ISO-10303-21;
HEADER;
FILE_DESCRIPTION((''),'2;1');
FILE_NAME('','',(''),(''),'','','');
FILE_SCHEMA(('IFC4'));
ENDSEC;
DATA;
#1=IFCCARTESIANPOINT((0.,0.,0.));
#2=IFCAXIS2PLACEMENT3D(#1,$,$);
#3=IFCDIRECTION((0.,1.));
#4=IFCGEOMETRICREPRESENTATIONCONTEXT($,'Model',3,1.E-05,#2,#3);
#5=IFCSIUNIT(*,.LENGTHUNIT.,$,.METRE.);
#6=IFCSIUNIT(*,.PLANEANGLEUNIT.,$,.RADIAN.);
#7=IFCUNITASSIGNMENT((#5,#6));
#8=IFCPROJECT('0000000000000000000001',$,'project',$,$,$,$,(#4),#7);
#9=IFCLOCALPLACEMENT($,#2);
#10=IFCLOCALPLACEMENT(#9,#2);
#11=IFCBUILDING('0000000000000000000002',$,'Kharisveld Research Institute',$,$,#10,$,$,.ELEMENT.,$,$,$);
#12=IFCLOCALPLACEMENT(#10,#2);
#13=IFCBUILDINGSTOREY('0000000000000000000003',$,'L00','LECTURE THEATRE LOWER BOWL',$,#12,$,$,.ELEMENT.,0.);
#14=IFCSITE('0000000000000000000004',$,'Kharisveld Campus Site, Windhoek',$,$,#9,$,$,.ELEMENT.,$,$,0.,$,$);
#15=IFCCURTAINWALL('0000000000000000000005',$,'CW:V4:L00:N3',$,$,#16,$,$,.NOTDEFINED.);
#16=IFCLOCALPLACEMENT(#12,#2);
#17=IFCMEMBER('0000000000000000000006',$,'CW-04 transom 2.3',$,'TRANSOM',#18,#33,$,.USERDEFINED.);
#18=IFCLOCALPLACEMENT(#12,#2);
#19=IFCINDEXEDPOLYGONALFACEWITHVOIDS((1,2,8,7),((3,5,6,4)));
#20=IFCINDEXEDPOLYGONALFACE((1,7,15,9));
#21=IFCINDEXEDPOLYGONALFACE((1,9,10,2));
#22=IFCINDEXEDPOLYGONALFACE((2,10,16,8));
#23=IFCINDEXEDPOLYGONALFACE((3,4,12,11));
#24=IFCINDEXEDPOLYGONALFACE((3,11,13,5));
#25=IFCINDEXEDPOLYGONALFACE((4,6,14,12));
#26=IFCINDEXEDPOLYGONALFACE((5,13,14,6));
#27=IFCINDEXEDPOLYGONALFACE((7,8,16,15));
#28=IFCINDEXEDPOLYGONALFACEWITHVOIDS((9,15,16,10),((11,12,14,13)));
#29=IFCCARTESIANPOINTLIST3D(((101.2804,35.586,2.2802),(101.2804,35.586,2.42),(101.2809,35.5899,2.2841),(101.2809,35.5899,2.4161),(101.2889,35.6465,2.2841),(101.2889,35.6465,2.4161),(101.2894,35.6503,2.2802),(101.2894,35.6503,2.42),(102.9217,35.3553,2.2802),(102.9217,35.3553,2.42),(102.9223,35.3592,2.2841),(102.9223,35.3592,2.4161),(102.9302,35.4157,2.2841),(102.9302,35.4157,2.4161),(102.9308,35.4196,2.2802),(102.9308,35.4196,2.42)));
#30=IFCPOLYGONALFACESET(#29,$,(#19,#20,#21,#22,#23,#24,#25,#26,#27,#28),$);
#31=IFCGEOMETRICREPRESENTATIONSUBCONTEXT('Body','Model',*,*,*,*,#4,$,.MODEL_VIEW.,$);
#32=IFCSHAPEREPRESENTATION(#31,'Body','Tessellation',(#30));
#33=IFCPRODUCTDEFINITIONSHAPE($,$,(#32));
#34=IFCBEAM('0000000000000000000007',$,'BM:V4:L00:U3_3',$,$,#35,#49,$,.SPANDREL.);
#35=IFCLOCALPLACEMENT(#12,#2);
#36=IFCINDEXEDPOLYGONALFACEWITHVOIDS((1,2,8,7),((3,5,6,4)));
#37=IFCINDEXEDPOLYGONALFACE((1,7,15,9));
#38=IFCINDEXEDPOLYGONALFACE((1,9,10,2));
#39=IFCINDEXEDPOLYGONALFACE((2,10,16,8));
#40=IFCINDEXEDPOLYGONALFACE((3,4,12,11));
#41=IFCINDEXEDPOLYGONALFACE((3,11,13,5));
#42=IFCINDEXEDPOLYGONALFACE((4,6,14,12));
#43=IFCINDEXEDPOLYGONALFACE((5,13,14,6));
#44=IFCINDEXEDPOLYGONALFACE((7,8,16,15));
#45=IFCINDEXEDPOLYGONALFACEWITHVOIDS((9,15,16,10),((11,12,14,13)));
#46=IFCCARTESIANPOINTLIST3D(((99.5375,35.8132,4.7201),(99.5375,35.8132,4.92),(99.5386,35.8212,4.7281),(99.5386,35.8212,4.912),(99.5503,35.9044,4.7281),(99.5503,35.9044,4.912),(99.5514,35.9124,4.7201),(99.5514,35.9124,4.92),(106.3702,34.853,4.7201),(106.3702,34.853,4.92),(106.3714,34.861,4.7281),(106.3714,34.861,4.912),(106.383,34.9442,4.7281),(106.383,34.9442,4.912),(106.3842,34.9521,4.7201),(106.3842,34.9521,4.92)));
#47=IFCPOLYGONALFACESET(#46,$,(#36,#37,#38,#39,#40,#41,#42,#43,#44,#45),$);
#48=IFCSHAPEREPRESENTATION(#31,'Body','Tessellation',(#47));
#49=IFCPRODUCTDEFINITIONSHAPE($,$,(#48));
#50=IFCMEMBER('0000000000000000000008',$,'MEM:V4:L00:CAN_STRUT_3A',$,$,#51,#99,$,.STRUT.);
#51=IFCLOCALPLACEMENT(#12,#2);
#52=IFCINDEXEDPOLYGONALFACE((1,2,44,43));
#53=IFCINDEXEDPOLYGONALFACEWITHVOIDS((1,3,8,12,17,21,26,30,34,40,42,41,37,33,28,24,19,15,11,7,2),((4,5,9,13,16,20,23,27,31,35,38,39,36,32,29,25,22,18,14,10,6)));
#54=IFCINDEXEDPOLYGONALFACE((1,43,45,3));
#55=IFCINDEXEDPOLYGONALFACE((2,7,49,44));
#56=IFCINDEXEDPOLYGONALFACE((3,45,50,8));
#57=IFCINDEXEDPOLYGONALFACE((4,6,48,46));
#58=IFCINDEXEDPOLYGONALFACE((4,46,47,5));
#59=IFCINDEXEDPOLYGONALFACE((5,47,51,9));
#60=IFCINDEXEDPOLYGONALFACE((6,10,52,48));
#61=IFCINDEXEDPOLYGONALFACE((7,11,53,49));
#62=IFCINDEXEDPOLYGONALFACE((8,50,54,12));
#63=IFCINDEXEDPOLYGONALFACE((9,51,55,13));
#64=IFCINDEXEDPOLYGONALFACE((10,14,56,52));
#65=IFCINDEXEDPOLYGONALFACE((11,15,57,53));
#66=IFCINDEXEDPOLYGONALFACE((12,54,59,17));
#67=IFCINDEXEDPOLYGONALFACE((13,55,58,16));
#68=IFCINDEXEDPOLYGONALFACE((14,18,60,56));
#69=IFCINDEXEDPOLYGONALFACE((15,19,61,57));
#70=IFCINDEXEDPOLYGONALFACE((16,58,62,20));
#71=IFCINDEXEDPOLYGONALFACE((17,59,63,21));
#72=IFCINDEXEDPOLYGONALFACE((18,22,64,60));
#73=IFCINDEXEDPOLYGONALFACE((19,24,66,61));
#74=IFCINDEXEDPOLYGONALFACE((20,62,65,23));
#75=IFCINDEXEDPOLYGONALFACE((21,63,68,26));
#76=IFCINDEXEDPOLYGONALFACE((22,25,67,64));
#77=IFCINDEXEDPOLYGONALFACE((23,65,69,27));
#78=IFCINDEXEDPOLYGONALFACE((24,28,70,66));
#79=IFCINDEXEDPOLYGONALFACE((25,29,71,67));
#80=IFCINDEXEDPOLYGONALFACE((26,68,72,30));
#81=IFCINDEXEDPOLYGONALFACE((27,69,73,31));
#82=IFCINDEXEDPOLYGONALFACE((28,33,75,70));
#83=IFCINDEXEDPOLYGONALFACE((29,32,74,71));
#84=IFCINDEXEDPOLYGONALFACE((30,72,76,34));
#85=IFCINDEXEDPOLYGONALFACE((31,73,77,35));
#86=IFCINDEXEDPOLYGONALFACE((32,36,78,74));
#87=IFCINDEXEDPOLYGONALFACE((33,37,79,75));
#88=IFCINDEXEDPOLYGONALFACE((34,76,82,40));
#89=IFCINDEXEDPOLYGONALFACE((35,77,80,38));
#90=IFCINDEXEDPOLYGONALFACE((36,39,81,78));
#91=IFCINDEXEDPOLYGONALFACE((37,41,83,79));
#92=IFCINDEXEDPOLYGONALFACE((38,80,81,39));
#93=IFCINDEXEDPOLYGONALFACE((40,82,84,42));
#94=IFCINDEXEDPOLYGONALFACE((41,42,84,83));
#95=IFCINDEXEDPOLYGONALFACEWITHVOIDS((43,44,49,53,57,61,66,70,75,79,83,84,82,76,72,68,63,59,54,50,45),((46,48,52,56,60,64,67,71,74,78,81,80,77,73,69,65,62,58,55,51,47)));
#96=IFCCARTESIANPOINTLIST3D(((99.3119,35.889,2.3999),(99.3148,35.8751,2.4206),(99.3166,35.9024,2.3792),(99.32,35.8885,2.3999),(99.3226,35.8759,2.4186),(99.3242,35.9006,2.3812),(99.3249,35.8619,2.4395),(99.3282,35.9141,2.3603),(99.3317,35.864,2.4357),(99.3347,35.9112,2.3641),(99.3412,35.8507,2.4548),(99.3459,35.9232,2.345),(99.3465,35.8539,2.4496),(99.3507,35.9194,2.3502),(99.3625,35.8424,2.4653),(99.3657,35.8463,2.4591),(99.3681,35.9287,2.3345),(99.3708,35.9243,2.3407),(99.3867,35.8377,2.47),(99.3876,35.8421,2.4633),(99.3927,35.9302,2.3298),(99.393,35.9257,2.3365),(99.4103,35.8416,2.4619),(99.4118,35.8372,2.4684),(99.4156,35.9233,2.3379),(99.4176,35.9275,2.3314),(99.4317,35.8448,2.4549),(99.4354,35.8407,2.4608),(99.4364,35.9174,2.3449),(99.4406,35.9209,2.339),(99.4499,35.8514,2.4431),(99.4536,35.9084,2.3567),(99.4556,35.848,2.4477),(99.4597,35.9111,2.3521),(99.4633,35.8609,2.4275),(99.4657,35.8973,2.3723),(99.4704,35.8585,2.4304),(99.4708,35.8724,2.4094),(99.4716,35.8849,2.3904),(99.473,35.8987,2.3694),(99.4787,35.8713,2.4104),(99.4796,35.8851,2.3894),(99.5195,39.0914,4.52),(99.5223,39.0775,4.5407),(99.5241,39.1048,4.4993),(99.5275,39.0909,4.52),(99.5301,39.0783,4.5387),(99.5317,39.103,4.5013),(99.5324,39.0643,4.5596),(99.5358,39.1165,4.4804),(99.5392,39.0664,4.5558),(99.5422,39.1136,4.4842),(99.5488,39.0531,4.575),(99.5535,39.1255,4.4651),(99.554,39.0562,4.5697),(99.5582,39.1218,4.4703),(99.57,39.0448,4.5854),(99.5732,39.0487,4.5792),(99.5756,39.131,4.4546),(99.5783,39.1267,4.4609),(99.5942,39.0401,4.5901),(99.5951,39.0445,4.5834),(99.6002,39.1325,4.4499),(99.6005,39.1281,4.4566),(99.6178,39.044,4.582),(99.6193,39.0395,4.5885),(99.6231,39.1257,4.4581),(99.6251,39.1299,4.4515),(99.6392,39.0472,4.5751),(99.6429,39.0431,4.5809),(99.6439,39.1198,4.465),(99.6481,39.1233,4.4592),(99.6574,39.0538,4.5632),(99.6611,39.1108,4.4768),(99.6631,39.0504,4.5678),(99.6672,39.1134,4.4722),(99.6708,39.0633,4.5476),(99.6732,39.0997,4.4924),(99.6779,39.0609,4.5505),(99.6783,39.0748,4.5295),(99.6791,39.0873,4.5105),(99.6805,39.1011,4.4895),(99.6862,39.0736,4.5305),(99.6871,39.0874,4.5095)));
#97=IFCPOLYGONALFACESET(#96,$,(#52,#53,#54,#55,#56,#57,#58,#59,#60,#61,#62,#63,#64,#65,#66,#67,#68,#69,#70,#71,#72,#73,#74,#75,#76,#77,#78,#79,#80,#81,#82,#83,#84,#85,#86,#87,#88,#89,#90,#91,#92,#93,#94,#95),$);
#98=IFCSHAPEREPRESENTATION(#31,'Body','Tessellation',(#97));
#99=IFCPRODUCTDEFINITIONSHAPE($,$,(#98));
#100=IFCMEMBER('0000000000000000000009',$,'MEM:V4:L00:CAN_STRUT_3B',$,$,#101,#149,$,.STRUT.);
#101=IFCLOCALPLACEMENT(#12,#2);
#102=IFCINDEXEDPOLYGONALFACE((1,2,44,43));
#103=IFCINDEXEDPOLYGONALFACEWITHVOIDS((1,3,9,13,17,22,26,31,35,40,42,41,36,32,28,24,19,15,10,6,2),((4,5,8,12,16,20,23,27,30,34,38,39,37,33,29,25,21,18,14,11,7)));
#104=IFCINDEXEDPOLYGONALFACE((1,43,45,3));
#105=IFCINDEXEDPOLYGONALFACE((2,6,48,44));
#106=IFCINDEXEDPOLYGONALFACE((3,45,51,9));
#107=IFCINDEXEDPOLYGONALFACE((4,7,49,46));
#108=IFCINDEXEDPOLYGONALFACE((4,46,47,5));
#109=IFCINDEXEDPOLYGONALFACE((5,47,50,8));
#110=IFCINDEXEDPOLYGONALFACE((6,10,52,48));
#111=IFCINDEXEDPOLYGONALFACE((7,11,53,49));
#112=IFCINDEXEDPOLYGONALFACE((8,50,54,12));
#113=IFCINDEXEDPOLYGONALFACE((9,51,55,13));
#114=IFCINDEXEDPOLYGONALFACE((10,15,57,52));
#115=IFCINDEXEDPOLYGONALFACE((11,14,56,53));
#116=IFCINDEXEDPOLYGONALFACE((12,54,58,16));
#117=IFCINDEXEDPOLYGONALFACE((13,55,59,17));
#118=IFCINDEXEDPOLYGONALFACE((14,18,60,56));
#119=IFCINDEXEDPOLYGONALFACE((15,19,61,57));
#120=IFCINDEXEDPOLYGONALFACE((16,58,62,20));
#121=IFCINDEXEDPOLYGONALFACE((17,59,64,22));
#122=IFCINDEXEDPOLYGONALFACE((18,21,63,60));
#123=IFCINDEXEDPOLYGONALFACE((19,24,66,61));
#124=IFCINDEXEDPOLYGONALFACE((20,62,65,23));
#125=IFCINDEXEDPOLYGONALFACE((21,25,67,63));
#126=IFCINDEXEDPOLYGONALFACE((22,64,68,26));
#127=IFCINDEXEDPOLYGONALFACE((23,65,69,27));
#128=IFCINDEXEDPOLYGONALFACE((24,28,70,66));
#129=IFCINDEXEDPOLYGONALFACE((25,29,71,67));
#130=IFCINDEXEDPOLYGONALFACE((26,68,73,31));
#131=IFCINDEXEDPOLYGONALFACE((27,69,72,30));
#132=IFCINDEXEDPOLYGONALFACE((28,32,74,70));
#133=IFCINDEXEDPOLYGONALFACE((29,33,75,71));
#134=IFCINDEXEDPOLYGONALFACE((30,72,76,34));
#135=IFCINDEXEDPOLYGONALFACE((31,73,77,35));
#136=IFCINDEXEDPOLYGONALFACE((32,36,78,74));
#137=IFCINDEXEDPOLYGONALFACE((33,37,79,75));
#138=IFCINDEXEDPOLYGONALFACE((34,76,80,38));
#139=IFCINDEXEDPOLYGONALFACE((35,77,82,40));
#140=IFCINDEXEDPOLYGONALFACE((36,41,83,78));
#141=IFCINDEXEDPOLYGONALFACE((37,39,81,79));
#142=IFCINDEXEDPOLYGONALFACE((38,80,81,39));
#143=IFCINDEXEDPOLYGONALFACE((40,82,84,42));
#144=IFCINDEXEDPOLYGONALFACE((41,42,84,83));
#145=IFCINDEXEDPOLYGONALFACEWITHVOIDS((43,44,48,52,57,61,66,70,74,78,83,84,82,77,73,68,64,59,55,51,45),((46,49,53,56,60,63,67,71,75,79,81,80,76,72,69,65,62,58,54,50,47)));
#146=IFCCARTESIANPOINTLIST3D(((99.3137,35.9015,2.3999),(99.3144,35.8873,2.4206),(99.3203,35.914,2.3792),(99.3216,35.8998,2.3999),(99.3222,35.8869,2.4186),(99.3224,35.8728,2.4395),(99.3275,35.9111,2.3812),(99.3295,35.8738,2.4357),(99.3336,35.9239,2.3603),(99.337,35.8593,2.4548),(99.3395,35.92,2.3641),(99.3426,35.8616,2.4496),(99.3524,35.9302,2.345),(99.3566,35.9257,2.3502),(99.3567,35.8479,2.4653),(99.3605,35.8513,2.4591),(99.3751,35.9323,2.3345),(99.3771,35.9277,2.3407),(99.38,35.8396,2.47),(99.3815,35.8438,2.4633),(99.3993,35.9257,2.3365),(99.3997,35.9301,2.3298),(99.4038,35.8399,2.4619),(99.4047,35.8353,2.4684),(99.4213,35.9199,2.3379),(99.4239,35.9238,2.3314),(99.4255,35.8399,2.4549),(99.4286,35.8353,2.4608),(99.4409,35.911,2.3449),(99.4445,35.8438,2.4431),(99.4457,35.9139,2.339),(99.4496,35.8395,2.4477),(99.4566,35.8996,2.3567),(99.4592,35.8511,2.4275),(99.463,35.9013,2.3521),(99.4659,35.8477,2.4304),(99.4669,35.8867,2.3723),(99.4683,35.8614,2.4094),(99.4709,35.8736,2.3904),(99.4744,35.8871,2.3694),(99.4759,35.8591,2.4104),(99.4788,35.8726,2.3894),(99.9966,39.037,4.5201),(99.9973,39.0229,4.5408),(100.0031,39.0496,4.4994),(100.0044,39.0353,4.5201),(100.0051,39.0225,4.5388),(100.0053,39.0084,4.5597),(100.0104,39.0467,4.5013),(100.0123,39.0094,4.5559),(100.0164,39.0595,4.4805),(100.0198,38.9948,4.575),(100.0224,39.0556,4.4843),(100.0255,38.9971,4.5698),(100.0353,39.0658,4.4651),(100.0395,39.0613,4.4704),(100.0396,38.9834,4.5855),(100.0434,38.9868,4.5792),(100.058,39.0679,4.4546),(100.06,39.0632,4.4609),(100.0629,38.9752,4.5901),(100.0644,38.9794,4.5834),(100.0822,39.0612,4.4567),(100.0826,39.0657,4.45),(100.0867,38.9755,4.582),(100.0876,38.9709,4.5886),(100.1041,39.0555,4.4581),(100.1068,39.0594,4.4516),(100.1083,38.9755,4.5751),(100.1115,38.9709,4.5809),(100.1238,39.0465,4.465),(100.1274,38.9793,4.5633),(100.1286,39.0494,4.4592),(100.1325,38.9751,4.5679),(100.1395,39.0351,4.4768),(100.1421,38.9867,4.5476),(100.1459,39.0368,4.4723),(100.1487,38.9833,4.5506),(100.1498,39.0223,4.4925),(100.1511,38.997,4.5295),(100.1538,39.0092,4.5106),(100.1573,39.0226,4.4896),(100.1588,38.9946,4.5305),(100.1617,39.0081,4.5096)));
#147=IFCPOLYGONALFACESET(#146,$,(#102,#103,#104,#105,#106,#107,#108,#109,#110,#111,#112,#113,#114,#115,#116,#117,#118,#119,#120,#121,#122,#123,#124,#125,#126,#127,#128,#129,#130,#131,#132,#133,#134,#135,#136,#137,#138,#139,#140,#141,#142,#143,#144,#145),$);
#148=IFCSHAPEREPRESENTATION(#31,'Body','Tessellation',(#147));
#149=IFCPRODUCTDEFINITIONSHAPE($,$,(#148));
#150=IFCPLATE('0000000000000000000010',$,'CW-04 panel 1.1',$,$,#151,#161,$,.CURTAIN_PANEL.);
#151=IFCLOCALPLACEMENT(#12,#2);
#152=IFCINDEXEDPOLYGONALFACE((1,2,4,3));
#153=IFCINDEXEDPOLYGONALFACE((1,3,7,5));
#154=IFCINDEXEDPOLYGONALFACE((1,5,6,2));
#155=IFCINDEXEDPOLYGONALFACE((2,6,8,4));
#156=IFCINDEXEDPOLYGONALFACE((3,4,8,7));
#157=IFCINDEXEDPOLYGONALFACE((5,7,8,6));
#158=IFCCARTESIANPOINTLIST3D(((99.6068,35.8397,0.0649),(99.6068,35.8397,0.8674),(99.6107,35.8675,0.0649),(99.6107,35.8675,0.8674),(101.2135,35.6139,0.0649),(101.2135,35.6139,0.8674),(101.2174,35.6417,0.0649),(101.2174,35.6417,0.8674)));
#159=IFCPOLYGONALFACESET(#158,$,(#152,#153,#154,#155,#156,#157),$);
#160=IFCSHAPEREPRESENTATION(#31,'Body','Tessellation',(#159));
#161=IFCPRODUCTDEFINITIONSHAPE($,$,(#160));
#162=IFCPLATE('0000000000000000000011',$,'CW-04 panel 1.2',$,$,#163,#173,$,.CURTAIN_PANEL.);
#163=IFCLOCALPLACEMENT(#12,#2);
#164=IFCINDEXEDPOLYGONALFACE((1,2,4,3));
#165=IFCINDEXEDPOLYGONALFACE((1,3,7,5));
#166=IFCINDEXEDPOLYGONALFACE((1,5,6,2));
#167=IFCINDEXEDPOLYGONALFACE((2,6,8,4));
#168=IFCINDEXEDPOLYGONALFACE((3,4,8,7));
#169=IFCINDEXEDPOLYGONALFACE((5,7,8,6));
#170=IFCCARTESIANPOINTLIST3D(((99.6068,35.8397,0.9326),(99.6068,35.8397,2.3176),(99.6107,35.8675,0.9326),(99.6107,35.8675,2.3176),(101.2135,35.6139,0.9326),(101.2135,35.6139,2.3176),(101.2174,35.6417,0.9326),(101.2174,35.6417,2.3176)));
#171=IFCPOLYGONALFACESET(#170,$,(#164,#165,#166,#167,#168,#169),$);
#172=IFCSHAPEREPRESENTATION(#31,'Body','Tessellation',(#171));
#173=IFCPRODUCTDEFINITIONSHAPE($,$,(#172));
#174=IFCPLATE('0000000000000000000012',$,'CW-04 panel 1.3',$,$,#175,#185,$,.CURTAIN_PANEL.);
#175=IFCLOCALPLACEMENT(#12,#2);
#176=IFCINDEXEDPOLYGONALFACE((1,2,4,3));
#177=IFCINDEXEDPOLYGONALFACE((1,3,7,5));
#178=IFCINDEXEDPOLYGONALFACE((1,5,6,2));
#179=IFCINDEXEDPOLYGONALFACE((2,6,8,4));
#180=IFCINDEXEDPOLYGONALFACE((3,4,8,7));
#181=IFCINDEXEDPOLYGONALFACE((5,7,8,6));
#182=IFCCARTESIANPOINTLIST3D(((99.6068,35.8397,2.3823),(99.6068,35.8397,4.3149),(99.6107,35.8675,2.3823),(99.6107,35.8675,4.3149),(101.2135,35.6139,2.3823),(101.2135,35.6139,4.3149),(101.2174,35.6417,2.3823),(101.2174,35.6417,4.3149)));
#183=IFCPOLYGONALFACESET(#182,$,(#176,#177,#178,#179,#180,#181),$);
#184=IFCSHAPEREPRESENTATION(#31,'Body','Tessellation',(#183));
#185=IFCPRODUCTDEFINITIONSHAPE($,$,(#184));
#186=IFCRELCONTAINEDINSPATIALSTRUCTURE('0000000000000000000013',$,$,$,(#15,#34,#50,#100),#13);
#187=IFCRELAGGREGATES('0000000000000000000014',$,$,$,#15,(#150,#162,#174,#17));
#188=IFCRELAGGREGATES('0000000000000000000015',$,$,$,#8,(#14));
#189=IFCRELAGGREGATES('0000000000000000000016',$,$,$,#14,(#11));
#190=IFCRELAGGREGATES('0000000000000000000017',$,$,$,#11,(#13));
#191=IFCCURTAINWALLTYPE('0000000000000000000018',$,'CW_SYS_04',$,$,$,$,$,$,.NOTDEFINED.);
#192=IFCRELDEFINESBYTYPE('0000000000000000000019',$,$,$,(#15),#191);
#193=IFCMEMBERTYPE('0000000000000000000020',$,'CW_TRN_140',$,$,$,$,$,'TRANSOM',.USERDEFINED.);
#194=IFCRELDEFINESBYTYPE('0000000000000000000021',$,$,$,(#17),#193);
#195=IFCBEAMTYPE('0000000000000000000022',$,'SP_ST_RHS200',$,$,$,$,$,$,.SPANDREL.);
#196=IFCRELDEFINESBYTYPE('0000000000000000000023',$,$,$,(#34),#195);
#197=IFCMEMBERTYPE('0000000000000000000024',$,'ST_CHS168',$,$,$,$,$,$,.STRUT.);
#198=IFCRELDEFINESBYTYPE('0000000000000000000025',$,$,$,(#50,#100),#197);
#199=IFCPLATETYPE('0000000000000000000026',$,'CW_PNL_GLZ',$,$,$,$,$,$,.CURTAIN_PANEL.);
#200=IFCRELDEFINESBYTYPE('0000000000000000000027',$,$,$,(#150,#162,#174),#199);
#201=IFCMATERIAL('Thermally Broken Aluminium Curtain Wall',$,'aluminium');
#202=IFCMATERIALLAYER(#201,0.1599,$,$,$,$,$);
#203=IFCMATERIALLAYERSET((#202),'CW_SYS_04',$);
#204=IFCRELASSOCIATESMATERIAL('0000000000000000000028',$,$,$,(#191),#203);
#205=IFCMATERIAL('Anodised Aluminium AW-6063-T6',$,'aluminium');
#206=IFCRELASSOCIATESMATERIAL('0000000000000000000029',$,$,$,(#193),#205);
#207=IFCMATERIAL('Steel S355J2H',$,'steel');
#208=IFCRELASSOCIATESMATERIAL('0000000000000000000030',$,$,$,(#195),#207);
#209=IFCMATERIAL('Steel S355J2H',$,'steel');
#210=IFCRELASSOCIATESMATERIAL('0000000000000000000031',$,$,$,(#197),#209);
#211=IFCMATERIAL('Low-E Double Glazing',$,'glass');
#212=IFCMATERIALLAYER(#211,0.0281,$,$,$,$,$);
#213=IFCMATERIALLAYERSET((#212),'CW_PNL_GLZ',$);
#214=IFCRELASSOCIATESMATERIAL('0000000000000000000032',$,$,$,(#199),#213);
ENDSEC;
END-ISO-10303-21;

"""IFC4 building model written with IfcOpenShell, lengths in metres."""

from ifc_helpers import new_model, si_unit, direction, frame, origin, origin_2d, place, context, subcontext, project, spatial, rectangle, hollow_rectangle, hollow_circle, extrude, material, layer, layer_set, material_profile, profile_set, type_object, element, aggregate, save


model = new_model("IFC4")

# Units and contexts
model_context = context("Model", 3, precision=1e-05, world=origin(), true_north=direction((0.0, 1.0)))
body_context = subcontext(model_context, "Body", "Model", "MODEL_VIEW")
ifc_project = project(units=[si_unit("LENGTHUNIT", "METRE"), si_unit("PLANEANGLEUNIT", "RADIAN")], contexts=[model_context])

# Site, building, storey
site_placement = place(None, origin())
site = spatial("IfcSite", under=ifc_project, at=site_placement, Name="Kharisveld Campus Site, Windhoek", CompositionType="ELEMENT", RefElevation=0.0)
building_placement = place(site_placement, origin())
building = spatial("IfcBuilding", under=site, at=building_placement, Name="Kharisveld Research Institute", CompositionType="ELEMENT")
storey_placement = place(building_placement, origin())
storey = spatial("IfcBuildingStorey", under=building, at=storey_placement, Name="L00", Description="LECTURE THEATRE LOWER BOWL", CompositionType="ELEMENT", Elevation=0.0)

# Curtain wall, member
ifc_material_1 = material(Name="Thermally Broken Aluminium Curtain Wall", Category="aluminium")
ifc_layer_1 = layer(ifc_material_1, 0.1599)
ifc_layer_set_1 = layer_set([ifc_layer_1], Name="CW_SYS_04")
curtain_wall_type = type_object("IfcCurtainWallType", Name="CW_SYS_04", PredefinedType="NOTDEFINED", material=ifc_layer_set_1)
curtain_wall_placement = place(storey_placement, origin())
curtain_wall = element("IfcCurtainWall", 1, at=curtain_wall_placement, inside=storey, type_object=curtain_wall_type, Name="CW:V4:L00:N3", PredefinedType="NOTDEFINED")
ifc_material_2 = material(Name="Anodised Aluminium AW-6063-T6", Category="aluminium")
ifc_material_profile_1 = material_profile(ifc_material_2, hollow_rectangle(XDim=0.0649, YDim=0.1399, WallThickness=0.0039, at=origin_2d()))
ifc_profile_set_1 = profile_set([ifc_material_profile_1], Name="Anodised Aluminium AW-6063-T6")
member_type_1 = type_object("IfcMemberType", Name="CW_TRN_140", ElementType="TRANSOM", PredefinedType="USERDEFINED", material=ifc_profile_set_1)
member_1_placement = place(storey_placement, frame((101.2849, 35.6182, 2.3501), z_axis=(0.990265, -0.139194, 0.0), x_axis=(0.139194, 0.990265, 0.0)))
member_1 = element("IfcMember", 2, at=member_1_placement, type_object=member_type_1, Name="CW-04 transom 2.3", ObjectType="TRANSOM", PredefinedType="USERDEFINED", context=body_context, shape_type="SweptSolid", body=[
    extrude(hollow_rectangle(XDim=0.0649, YDim=0.1399, WallThickness=0.0039, at=origin_2d()), origin(), (0.0, 0.0, 1.0), 1.6575),
])

# Beam
ifc_material_3 = material(Name="Steel S355J2H", Category="steel")
ifc_material_profile_2 = material_profile(ifc_material_3, hollow_rectangle(XDim=0.1001, YDim=0.2, WallThickness=0.0081, at=origin_2d()))
ifc_profile_set_2 = profile_set([ifc_material_profile_2], Name="Steel S355J2H")
beam_type_1 = type_object("IfcBeamType", Name="SP_ST_RHS200", PredefinedType="SPANDREL", material=ifc_profile_set_2)
beam_1_placement = place(storey_placement, frame((99.5444, 35.8628, 4.8201), z_axis=(0.99027, -0.139162, 0.0), x_axis=(0.139162, 0.99027, 0.0)))
element("IfcBeam", 3, at=beam_1_placement, inside=storey, type_object=beam_type_1, Name="BM:V4:L00:U3_3", PredefinedType="SPANDREL", context=body_context, shape_type="SweptSolid", body=[
    extrude(hollow_rectangle(XDim=0.1001, YDim=0.2, WallThickness=0.0081, at=origin_2d()), origin(), (0.0, 0.0, 1.0), 6.8999),
])

# Members
ifc_material_4 = material(Name="Steel S355J2H", Category="steel")
ifc_material_profile_3 = material_profile(ifc_material_4, hollow_circle(Radius=0.0842, WallThickness=0.0081, at=origin_2d()))
ifc_profile_set_3 = profile_set([ifc_material_profile_3], Name="Steel S355J2H")
member_type_2 = type_object("IfcMemberType", Name="ST_CHS168", PredefinedType="STRUT", material=ifc_profile_set_3)
for number, where, z_axis, x_axis, name in (
    (4, (99.396, 35.8835, 2.3999), (0.053954, 0.832611, 0.551223), (-0.997907, 0.064666, 0.0), "MEM:V4:L00:CAN_STRUT_3A"),
    (5, (99.396, 35.8835, 2.3999), (0.177546, 0.815239, 0.551237), (-0.977097, 0.212796, 0.0), "MEM:V4:L00:CAN_STRUT_3B"),
):
    element("IfcMember", number, at=place(storey_placement, frame(where, z_axis=z_axis, x_axis=x_axis)), inside=storey, type_object=member_type_2, Name=name, PredefinedType="STRUT", context=body_context, shape_type="SweptSolid", body=[
        extrude(hollow_circle(Radius=0.0842, WallThickness=0.0081, at=origin_2d()), origin(), (0.0, 0.0, 1.0), 3.8462),
    ])

# Plates
ifc_material_5 = material(Name="Low-E Double Glazing", Category="glass")
ifc_layer_2 = layer(ifc_material_5, 0.0281)
ifc_layer_set_2 = layer_set([ifc_layer_2], Name="CW_PNL_GLZ")
plate_type_1 = type_object("IfcPlateType", Name="CW_PNL_GLZ", PredefinedType="CURTAIN_PANEL", material=ifc_layer_set_2)
plate_1_placement = place(storey_placement, frame((100.4121, 35.7407, 0.0649), z_axis=(0.0, 0.0, 1.0), x_axis=(0.990268, -0.139173, 0.0)))
plate_1 = element("IfcPlate", 6, at=plate_1_placement, type_object=plate_type_1, Name="CW-04 panel 1.1", PredefinedType="CURTAIN_PANEL", context=body_context, shape_type="SweptSolid", body=[
    extrude(rectangle(XDim=1.6226, YDim=0.0281, at=origin_2d()), origin(), (0.0, 0.0, 1.0), 0.8025),
])
plate_2_placement = place(storey_placement, frame((100.4121, 35.7407, 0.9326), z_axis=(0.0, 0.0, 1.0), x_axis=(0.990268, -0.139173, 0.0)))
plate_2 = element("IfcPlate", 7, at=plate_2_placement, type_object=plate_type_1, Name="CW-04 panel 1.2", PredefinedType="CURTAIN_PANEL", context=body_context, shape_type="SweptSolid", body=[
    extrude(rectangle(XDim=1.6226, YDim=0.0281, at=origin_2d()), origin(), (0.0, 0.0, 1.0), 1.385),
])
plate_3_placement = place(storey_placement, frame((100.4121, 35.7407, 2.3823), z_axis=(0.0, 0.0, 1.0), x_axis=(0.990268, -0.139173, 0.0)))
plate_3 = element("IfcPlate", 8, at=plate_3_placement, type_object=plate_type_1, Name="CW-04 panel 1.3", PredefinedType="CURTAIN_PANEL", context=body_context, shape_type="SweptSolid", body=[
    extrude(rectangle(XDim=1.6226, YDim=0.0281, at=origin_2d()), origin(), (0.0, 0.0, 1.0), 1.9326),
])
aggregate(curtain_wall, [plate_1, plate_2, plate_3, member_1])

save(model, "model.ifc")
